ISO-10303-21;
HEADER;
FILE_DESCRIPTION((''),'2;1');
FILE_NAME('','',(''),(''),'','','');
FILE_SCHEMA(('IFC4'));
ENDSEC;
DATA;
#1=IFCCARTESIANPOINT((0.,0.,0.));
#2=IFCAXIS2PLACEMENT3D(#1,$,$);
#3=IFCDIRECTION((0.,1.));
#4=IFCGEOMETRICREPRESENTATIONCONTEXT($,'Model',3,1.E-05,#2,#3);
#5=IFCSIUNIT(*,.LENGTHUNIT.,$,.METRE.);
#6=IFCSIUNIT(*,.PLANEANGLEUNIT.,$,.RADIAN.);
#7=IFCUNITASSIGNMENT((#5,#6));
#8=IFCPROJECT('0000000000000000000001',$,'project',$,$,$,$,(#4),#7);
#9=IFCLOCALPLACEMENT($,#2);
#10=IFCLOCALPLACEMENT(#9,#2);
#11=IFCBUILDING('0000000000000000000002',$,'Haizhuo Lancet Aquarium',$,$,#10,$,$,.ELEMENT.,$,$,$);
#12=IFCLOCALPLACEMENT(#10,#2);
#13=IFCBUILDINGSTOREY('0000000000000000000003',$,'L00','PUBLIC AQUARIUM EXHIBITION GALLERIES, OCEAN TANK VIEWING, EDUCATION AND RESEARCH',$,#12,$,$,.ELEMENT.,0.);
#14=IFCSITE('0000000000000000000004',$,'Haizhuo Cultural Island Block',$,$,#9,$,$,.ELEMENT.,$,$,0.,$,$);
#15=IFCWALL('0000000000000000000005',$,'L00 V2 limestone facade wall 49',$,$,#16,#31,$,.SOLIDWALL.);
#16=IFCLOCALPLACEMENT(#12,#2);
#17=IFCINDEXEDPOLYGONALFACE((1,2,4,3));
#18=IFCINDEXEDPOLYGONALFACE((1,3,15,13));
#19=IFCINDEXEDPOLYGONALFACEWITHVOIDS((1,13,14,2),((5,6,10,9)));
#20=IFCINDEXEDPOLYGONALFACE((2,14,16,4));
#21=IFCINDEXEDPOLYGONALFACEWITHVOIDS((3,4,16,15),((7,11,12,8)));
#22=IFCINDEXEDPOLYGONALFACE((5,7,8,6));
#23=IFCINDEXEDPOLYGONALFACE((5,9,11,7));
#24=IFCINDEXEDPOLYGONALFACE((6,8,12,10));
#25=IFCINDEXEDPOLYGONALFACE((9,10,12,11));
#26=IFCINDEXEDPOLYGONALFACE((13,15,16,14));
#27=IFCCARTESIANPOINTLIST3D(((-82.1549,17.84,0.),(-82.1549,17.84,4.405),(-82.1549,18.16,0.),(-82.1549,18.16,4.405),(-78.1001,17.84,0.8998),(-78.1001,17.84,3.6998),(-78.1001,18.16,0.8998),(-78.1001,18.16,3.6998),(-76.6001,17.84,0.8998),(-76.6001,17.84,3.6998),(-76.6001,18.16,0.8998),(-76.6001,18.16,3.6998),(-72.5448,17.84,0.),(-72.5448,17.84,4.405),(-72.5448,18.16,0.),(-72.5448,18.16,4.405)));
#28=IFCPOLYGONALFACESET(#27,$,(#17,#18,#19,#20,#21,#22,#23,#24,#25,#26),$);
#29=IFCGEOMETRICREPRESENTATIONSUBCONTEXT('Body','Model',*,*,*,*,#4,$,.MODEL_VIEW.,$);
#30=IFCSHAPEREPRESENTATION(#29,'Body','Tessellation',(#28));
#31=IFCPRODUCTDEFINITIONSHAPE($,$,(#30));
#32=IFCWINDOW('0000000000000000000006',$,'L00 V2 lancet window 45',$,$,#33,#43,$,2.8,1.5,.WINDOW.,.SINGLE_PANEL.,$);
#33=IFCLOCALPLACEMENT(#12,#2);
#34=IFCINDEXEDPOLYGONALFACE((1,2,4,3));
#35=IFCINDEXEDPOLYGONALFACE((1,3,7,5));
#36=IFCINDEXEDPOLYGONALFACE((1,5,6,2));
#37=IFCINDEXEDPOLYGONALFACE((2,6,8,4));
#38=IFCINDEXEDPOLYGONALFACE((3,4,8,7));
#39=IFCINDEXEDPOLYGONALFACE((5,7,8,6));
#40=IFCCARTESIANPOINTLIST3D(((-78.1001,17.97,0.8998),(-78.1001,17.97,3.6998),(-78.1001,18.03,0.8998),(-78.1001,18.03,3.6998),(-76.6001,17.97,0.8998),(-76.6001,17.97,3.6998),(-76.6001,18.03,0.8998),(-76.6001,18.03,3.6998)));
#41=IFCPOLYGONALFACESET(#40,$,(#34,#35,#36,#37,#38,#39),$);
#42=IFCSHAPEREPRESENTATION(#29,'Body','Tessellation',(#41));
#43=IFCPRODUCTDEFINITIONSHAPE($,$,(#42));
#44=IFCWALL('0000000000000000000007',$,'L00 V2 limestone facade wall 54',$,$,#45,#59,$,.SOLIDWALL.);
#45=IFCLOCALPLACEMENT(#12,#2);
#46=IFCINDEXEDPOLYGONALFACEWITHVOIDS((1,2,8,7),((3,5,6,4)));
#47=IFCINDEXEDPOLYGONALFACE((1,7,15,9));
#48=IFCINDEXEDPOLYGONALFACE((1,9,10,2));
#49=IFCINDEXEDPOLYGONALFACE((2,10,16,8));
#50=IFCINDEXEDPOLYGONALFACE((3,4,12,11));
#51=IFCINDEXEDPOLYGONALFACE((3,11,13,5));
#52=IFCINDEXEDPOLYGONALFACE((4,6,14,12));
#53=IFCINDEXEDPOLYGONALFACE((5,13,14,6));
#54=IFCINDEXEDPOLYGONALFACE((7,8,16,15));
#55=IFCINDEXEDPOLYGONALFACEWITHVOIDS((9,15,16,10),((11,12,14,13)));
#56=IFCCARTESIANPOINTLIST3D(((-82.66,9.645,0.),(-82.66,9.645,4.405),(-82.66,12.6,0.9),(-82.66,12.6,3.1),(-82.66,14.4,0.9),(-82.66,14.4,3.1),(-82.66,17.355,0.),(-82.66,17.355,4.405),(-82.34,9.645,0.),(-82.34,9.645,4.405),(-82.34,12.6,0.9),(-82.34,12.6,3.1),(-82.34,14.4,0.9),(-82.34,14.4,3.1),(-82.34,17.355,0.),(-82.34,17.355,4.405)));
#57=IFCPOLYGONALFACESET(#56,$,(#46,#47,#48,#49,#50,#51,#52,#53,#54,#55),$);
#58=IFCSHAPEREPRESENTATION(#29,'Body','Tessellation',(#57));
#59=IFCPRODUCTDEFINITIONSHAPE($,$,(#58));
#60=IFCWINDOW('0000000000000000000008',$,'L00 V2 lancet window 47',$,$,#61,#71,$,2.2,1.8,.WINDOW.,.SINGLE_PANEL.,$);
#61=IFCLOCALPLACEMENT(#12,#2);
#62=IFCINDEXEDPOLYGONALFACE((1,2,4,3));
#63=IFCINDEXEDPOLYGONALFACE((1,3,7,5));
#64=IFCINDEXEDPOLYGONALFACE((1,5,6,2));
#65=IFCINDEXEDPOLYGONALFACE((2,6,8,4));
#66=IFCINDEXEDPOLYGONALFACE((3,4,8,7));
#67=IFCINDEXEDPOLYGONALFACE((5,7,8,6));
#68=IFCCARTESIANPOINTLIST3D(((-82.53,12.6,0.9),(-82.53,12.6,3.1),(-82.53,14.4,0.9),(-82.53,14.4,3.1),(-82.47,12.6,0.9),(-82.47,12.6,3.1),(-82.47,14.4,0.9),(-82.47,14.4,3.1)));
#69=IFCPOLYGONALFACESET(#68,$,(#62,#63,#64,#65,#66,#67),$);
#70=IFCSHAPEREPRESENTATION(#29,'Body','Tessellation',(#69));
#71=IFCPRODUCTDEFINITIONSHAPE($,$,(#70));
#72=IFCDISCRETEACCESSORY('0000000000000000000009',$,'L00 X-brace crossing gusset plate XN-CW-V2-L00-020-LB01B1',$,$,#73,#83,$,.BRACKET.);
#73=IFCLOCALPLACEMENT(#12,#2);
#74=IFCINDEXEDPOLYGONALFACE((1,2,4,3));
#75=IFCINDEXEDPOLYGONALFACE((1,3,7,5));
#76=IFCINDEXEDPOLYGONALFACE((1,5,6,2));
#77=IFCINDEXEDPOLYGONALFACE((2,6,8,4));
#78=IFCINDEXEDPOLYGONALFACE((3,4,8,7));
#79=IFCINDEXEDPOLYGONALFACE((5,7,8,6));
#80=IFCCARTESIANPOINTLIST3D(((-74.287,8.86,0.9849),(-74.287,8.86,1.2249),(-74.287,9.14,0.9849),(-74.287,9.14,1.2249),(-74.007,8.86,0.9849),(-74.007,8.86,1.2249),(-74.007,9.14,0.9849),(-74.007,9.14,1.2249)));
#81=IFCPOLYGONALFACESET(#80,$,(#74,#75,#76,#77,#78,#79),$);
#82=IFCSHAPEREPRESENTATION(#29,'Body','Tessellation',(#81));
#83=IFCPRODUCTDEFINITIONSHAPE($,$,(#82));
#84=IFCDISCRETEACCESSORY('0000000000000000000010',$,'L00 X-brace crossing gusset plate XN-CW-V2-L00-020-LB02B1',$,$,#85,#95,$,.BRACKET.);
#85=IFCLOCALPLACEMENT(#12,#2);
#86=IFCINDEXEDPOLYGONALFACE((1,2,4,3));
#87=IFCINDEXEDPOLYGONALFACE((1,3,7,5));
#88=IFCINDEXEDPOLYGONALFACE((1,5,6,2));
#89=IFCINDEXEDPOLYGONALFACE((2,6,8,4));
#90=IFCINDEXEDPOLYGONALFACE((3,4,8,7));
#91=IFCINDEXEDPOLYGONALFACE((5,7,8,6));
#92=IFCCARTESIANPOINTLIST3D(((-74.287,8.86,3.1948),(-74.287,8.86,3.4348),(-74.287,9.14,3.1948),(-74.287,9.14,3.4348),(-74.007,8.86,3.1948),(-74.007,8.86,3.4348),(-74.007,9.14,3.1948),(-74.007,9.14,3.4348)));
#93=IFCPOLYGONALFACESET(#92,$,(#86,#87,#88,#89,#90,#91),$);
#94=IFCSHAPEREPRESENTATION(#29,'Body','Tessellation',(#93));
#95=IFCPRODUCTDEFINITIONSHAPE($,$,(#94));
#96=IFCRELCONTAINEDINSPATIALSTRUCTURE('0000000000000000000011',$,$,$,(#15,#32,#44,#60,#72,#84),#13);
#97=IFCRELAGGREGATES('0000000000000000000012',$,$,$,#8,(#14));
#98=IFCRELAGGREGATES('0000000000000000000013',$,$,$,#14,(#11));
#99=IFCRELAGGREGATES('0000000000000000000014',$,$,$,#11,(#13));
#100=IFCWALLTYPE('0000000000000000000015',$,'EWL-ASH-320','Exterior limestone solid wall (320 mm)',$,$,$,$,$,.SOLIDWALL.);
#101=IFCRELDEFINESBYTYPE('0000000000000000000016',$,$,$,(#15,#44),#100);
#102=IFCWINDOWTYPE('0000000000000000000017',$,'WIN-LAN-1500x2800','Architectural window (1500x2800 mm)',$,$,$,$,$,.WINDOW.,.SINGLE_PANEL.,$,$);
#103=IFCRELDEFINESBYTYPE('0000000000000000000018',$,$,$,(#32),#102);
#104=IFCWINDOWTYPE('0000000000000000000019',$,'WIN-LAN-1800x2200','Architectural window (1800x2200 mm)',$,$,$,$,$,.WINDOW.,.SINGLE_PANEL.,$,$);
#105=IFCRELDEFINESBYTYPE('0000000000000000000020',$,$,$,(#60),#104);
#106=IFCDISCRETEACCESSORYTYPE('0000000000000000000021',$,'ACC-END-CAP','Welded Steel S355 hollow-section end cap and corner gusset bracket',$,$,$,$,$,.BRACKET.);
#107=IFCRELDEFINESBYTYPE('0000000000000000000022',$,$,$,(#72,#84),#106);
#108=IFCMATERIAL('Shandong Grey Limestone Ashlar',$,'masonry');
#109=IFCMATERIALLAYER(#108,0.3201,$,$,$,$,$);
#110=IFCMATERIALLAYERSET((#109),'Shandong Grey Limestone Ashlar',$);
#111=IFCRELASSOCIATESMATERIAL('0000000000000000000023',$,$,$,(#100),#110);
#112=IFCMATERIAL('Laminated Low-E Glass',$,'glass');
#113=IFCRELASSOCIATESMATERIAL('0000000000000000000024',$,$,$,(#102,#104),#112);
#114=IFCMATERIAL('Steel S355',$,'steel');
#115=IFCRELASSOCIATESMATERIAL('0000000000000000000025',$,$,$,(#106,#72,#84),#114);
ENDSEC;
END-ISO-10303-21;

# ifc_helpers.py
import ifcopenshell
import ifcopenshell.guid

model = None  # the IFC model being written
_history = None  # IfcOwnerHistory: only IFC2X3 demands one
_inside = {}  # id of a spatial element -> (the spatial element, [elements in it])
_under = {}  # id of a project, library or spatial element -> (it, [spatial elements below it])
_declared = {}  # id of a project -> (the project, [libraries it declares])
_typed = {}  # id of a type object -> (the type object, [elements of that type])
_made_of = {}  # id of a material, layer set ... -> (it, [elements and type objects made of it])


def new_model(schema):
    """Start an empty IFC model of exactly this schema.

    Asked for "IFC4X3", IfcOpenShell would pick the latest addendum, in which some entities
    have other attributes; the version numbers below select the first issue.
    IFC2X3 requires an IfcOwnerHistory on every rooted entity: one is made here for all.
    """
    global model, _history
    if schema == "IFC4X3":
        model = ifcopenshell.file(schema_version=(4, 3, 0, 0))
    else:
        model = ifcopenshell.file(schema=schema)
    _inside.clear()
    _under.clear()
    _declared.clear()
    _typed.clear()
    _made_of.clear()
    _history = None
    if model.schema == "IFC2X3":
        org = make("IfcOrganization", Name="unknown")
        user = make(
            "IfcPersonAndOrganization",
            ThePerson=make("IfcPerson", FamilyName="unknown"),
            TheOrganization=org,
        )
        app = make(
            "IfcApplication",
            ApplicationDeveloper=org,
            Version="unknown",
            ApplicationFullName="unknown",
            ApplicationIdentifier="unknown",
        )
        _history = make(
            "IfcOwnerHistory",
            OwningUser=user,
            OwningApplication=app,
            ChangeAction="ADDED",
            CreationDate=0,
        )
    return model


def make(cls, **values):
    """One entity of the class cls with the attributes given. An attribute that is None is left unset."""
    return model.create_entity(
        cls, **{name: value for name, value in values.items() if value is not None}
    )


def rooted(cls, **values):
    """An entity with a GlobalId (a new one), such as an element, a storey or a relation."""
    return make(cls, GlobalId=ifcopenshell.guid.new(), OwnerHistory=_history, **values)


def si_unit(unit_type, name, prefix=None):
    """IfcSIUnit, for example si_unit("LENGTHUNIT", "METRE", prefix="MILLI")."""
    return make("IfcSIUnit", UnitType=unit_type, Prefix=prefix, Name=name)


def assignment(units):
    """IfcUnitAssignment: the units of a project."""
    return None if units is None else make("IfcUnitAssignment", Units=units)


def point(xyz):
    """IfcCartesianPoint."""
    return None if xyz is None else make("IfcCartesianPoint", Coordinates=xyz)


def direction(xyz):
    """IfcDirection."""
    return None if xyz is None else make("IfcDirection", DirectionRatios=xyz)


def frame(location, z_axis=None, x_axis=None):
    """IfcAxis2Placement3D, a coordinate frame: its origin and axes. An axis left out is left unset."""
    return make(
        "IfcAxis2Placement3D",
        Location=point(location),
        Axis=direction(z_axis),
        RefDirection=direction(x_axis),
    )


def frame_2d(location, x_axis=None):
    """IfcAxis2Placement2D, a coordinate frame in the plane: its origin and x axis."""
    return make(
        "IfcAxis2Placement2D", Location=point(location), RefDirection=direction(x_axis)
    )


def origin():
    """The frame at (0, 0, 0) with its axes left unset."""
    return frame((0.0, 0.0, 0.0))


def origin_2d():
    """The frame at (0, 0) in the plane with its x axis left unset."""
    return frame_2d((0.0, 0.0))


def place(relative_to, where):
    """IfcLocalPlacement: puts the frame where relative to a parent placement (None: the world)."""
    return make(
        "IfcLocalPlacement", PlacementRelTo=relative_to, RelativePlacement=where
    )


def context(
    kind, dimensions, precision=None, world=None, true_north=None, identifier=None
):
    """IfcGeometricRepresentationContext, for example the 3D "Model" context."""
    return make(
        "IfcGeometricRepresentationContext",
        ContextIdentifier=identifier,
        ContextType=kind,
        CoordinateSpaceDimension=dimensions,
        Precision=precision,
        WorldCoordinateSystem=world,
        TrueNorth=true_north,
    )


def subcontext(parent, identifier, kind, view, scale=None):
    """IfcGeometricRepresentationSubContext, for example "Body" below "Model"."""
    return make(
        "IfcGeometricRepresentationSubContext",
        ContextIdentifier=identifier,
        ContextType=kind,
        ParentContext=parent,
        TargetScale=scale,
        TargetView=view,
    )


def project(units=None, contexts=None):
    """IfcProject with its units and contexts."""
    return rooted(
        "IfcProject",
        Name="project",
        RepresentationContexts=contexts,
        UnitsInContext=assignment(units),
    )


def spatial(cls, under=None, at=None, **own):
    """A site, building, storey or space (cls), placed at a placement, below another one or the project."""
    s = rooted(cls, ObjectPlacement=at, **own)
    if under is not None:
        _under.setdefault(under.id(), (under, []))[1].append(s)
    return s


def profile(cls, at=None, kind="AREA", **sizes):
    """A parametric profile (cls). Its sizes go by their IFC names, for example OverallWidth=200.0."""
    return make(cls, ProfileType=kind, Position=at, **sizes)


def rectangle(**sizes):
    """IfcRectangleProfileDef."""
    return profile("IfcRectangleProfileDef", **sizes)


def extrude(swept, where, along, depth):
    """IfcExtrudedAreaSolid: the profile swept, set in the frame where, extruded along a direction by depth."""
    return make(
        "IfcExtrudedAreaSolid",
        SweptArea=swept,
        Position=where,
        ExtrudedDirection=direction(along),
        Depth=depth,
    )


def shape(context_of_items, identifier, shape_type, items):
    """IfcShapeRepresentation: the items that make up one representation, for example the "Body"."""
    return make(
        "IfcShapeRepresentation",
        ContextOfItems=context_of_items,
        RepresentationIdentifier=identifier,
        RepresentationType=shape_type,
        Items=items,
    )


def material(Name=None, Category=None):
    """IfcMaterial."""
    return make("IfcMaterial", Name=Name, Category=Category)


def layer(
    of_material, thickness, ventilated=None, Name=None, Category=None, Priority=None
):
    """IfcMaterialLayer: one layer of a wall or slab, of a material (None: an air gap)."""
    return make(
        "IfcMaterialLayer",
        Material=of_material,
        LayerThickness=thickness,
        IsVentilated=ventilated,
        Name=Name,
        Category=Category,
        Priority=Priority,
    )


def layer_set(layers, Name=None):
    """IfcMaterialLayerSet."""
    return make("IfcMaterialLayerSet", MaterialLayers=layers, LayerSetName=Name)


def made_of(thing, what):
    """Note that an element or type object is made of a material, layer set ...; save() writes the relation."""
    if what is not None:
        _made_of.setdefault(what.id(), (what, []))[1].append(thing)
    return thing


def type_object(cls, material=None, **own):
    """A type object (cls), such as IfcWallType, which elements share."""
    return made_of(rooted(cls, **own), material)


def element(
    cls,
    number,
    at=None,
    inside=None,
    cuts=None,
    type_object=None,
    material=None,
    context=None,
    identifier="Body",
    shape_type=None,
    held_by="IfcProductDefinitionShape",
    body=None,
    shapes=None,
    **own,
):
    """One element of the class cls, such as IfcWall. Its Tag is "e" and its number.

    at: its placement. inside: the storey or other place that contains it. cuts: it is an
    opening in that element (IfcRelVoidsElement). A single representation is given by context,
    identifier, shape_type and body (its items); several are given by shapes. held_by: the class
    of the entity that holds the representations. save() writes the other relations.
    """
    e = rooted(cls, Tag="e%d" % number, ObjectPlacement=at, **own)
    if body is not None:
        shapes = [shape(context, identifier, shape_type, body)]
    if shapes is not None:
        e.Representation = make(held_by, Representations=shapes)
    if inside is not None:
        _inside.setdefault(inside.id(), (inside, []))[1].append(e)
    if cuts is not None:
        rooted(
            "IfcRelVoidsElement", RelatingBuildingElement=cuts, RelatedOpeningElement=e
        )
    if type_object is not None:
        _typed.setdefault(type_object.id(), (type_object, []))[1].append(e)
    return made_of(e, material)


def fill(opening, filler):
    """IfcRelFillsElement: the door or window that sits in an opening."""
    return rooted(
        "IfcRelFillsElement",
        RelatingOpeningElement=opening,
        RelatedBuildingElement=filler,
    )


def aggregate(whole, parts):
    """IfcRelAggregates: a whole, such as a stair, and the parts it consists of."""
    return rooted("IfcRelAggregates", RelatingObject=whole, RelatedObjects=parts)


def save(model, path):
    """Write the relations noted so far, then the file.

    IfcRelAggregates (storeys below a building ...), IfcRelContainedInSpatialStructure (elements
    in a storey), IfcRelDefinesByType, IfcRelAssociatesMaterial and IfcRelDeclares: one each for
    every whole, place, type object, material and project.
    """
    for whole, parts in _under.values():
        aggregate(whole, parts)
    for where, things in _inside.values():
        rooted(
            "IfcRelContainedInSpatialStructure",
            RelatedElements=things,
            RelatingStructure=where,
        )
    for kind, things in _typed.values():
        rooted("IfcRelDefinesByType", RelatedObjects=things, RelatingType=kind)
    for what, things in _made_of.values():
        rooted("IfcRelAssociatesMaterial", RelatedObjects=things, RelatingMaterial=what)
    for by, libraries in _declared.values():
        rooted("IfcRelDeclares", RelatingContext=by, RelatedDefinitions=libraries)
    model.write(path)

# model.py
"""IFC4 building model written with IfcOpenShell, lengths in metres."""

from ifc_helpers import new_model, si_unit, direction, frame, frame_2d, origin, origin_2d, place, context, subcontext, project, spatial, rectangle, extrude, material, layer, layer_set, type_object, element, fill, save


model = new_model("IFC4")

# Units and contexts
model_context = context("Model", 3, precision=1e-05, world=origin(), true_north=direction((0.0, 1.0)))
body_context = subcontext(model_context, "Body", "Model", "MODEL_VIEW")
ifc_project = project(units=[si_unit("LENGTHUNIT", "METRE"), si_unit("PLANEANGLEUNIT", "RADIAN")], contexts=[model_context])

# Site, building, storey
site_placement = place(None, origin())
site = spatial("IfcSite", under=ifc_project, at=site_placement, Name="Haizhuo Cultural Island Block", CompositionType="ELEMENT", RefElevation=0.0)
building_placement = place(site_placement, origin())
building = spatial("IfcBuilding", under=site, at=building_placement, Name="Haizhuo Lancet Aquarium", CompositionType="ELEMENT")
storey_placement = place(building_placement, origin())
storey = spatial("IfcBuildingStorey", under=building, at=storey_placement, Name="L00", Description="PUBLIC AQUARIUM EXHIBITION GALLERIES, OCEAN TANK VIEWING, EDUCATION AND RESEARCH", CompositionType="ELEMENT", Elevation=0.0)

# Shared definitions
ifc_material_1 = material(Name="Steel S355", Category="steel")

# Shared definitions
ifc_material_2 = material(Name="Laminated Low-E Glass", Category="glass")

# Walls, openings, windows
ifc_material_3 = material(Name="Shandong Grey Limestone Ashlar", Category="masonry")
ifc_layer_1 = layer(ifc_material_3, 0.3201)
ifc_layer_set_1 = layer_set([ifc_layer_1], Name="Shandong Grey Limestone Ashlar")
wall_type = type_object("IfcWallType", Name="EWL-ASH-320", Description="Exterior limestone solid wall (320 mm)", PredefinedType="SOLIDWALL", material=ifc_layer_set_1)
wall_1_placement = place(storey_placement, frame((-82.155, 18.0, 0.0), z_axis=(0.0, 0.0, 1.0), x_axis=(1.0, 0.0, 0.0)))
wall_1 = element("IfcWall", 1, at=wall_1_placement, inside=storey, type_object=wall_type, Name="L00 V2 limestone facade wall 49", PredefinedType="SOLIDWALL", context=body_context, shape_type="SweptSolid", body=[
    extrude(rectangle(XDim=9.6101, YDim=0.3201, at=frame_2d((4.8052, 0.0))), origin(), (0.0, 0.0, 1.0), 4.405),
])
opening_1_placement = place(wall_1_placement, frame((4.0549, 0.0, 0.8999)))
opening_1 = element("IfcOpeningElement", 2, at=opening_1_placement, cuts=wall_1, PredefinedType="OPENING", context=body_context, shape_type="SweptSolid", body=[
    extrude(rectangle(XDim=1.5, YDim=2.8, at=frame_2d((0.75, 1.3999))), frame((0.0, 0.1699, 0.0), z_axis=(0.0, -1.0, 0.0), x_axis=(1.0, 0.0, 0.0)), (0.0, 0.0, 1.0), 0.3401),
])
window_type_1 = type_object("IfcWindowType", Name="WIN-LAN-1500x2800", Description="Architectural window (1500x2800 mm)", PartitioningType="SINGLE_PANEL", PredefinedType="WINDOW", material=ifc_material_2)
window_1_placement = place(opening_1_placement, origin())
window_1 = element("IfcWindow", 3, at=window_1_placement, inside=storey, type_object=window_type_1, Name="L00 V2 lancet window 45", OverallHeight=2.8, OverallWidth=1.5, PartitioningType="SINGLE_PANEL", PredefinedType="WINDOW", context=body_context, shape_type="SweptSolid", body=[
    extrude(rectangle(XDim=1.5, YDim=2.8, at=frame_2d((0.75, 1.3999))), frame((0.0, 0.03, 0.0), z_axis=(0.0, -1.0, 0.0), x_axis=(1.0, 0.0, 0.0)), (0.0, 0.0, 1.0), 0.0601),
])
fill(opening_1, window_1)
wall_2_placement = place(storey_placement, frame((-82.5, 9.645, 0.0), z_axis=(0.0, 0.0, 1.0), x_axis=(0.0, 1.0, 0.0)))
wall_2 = element("IfcWall", 4, at=wall_2_placement, inside=storey, type_object=wall_type, Name="L00 V2 limestone facade wall 54", PredefinedType="SOLIDWALL", context=body_context, shape_type="SweptSolid", body=[
    extrude(rectangle(XDim=7.71, YDim=0.3201, at=frame_2d((3.855, 0.0))), origin(), (0.0, 0.0, 1.0), 4.405),
])
opening_2_placement = place(wall_2_placement, frame((2.9551, 0.0, 0.8999)))
opening_2 = element("IfcOpeningElement", 5, at=opening_2_placement, cuts=wall_2, PredefinedType="OPENING", context=body_context, shape_type="SweptSolid", body=[
    extrude(rectangle(XDim=1.8, YDim=2.2, at=frame_2d((0.8999, 1.1001))), frame((0.0, 0.1699, 0.0), z_axis=(0.0, -1.0, 0.0), x_axis=(1.0, 0.0, 0.0)), (0.0, 0.0, 1.0), 0.3401),
])
window_type_2 = type_object("IfcWindowType", Name="WIN-LAN-1800x2200", Description="Architectural window (1800x2200 mm)", PartitioningType="SINGLE_PANEL", PredefinedType="WINDOW", material=ifc_material_2)
window_2_placement = place(opening_2_placement, origin())
window_2 = element("IfcWindow", 6, at=window_2_placement, inside=storey, type_object=window_type_2, Name="L00 V2 lancet window 47", OverallHeight=2.2, OverallWidth=1.8, PartitioningType="SINGLE_PANEL", PredefinedType="WINDOW", context=body_context, shape_type="SweptSolid", body=[
    extrude(rectangle(XDim=1.8, YDim=2.2, at=frame_2d((0.8999, 1.1001))), frame((0.0, 0.03, 0.0), z_axis=(0.0, -1.0, 0.0), x_axis=(1.0, 0.0, 0.0)), (0.0, 0.0, 1.0), 0.0601),
])
fill(opening_2, window_2)

# Discrete accessories
discrete_accessory_type = type_object("IfcDiscreteAccessoryType", Name="ACC-END-CAP", Description="Welded Steel S355 hollow-section end cap and corner gusset bracket", PredefinedType="BRACKET", material=ifc_material_1)
for number, where, z_axis, x_axis, name in (
    (7, (-74.147, 9.0, 0.9849), (0.0, 0.0, 1.0), (1.0, 0.0, 0.0), "L00 X-brace crossing gusset plate XN-CW-V2-L00-020-LB01B1"),
    (8, (-74.147, 9.0, 3.1948), (0.0, 0.0, 1.0), (1.0, 0.0, 0.0), "L00 X-brace crossing gusset plate XN-CW-V2-L00-020-LB02B1"),
):
    element("IfcDiscreteAccessory", number, at=place(storey_placement, frame(where, z_axis=z_axis, x_axis=x_axis)), inside=storey, type_object=discrete_accessory_type, material=ifc_material_1, Name=name, PredefinedType="BRACKET", context=body_context, shape_type="SweptSolid", body=[
        extrude(rectangle(XDim=0.28, YDim=0.28, at=origin_2d()), origin(), (0.0, 0.0, 1.0), 0.24),
    ])

save(model, "model.ifc")
